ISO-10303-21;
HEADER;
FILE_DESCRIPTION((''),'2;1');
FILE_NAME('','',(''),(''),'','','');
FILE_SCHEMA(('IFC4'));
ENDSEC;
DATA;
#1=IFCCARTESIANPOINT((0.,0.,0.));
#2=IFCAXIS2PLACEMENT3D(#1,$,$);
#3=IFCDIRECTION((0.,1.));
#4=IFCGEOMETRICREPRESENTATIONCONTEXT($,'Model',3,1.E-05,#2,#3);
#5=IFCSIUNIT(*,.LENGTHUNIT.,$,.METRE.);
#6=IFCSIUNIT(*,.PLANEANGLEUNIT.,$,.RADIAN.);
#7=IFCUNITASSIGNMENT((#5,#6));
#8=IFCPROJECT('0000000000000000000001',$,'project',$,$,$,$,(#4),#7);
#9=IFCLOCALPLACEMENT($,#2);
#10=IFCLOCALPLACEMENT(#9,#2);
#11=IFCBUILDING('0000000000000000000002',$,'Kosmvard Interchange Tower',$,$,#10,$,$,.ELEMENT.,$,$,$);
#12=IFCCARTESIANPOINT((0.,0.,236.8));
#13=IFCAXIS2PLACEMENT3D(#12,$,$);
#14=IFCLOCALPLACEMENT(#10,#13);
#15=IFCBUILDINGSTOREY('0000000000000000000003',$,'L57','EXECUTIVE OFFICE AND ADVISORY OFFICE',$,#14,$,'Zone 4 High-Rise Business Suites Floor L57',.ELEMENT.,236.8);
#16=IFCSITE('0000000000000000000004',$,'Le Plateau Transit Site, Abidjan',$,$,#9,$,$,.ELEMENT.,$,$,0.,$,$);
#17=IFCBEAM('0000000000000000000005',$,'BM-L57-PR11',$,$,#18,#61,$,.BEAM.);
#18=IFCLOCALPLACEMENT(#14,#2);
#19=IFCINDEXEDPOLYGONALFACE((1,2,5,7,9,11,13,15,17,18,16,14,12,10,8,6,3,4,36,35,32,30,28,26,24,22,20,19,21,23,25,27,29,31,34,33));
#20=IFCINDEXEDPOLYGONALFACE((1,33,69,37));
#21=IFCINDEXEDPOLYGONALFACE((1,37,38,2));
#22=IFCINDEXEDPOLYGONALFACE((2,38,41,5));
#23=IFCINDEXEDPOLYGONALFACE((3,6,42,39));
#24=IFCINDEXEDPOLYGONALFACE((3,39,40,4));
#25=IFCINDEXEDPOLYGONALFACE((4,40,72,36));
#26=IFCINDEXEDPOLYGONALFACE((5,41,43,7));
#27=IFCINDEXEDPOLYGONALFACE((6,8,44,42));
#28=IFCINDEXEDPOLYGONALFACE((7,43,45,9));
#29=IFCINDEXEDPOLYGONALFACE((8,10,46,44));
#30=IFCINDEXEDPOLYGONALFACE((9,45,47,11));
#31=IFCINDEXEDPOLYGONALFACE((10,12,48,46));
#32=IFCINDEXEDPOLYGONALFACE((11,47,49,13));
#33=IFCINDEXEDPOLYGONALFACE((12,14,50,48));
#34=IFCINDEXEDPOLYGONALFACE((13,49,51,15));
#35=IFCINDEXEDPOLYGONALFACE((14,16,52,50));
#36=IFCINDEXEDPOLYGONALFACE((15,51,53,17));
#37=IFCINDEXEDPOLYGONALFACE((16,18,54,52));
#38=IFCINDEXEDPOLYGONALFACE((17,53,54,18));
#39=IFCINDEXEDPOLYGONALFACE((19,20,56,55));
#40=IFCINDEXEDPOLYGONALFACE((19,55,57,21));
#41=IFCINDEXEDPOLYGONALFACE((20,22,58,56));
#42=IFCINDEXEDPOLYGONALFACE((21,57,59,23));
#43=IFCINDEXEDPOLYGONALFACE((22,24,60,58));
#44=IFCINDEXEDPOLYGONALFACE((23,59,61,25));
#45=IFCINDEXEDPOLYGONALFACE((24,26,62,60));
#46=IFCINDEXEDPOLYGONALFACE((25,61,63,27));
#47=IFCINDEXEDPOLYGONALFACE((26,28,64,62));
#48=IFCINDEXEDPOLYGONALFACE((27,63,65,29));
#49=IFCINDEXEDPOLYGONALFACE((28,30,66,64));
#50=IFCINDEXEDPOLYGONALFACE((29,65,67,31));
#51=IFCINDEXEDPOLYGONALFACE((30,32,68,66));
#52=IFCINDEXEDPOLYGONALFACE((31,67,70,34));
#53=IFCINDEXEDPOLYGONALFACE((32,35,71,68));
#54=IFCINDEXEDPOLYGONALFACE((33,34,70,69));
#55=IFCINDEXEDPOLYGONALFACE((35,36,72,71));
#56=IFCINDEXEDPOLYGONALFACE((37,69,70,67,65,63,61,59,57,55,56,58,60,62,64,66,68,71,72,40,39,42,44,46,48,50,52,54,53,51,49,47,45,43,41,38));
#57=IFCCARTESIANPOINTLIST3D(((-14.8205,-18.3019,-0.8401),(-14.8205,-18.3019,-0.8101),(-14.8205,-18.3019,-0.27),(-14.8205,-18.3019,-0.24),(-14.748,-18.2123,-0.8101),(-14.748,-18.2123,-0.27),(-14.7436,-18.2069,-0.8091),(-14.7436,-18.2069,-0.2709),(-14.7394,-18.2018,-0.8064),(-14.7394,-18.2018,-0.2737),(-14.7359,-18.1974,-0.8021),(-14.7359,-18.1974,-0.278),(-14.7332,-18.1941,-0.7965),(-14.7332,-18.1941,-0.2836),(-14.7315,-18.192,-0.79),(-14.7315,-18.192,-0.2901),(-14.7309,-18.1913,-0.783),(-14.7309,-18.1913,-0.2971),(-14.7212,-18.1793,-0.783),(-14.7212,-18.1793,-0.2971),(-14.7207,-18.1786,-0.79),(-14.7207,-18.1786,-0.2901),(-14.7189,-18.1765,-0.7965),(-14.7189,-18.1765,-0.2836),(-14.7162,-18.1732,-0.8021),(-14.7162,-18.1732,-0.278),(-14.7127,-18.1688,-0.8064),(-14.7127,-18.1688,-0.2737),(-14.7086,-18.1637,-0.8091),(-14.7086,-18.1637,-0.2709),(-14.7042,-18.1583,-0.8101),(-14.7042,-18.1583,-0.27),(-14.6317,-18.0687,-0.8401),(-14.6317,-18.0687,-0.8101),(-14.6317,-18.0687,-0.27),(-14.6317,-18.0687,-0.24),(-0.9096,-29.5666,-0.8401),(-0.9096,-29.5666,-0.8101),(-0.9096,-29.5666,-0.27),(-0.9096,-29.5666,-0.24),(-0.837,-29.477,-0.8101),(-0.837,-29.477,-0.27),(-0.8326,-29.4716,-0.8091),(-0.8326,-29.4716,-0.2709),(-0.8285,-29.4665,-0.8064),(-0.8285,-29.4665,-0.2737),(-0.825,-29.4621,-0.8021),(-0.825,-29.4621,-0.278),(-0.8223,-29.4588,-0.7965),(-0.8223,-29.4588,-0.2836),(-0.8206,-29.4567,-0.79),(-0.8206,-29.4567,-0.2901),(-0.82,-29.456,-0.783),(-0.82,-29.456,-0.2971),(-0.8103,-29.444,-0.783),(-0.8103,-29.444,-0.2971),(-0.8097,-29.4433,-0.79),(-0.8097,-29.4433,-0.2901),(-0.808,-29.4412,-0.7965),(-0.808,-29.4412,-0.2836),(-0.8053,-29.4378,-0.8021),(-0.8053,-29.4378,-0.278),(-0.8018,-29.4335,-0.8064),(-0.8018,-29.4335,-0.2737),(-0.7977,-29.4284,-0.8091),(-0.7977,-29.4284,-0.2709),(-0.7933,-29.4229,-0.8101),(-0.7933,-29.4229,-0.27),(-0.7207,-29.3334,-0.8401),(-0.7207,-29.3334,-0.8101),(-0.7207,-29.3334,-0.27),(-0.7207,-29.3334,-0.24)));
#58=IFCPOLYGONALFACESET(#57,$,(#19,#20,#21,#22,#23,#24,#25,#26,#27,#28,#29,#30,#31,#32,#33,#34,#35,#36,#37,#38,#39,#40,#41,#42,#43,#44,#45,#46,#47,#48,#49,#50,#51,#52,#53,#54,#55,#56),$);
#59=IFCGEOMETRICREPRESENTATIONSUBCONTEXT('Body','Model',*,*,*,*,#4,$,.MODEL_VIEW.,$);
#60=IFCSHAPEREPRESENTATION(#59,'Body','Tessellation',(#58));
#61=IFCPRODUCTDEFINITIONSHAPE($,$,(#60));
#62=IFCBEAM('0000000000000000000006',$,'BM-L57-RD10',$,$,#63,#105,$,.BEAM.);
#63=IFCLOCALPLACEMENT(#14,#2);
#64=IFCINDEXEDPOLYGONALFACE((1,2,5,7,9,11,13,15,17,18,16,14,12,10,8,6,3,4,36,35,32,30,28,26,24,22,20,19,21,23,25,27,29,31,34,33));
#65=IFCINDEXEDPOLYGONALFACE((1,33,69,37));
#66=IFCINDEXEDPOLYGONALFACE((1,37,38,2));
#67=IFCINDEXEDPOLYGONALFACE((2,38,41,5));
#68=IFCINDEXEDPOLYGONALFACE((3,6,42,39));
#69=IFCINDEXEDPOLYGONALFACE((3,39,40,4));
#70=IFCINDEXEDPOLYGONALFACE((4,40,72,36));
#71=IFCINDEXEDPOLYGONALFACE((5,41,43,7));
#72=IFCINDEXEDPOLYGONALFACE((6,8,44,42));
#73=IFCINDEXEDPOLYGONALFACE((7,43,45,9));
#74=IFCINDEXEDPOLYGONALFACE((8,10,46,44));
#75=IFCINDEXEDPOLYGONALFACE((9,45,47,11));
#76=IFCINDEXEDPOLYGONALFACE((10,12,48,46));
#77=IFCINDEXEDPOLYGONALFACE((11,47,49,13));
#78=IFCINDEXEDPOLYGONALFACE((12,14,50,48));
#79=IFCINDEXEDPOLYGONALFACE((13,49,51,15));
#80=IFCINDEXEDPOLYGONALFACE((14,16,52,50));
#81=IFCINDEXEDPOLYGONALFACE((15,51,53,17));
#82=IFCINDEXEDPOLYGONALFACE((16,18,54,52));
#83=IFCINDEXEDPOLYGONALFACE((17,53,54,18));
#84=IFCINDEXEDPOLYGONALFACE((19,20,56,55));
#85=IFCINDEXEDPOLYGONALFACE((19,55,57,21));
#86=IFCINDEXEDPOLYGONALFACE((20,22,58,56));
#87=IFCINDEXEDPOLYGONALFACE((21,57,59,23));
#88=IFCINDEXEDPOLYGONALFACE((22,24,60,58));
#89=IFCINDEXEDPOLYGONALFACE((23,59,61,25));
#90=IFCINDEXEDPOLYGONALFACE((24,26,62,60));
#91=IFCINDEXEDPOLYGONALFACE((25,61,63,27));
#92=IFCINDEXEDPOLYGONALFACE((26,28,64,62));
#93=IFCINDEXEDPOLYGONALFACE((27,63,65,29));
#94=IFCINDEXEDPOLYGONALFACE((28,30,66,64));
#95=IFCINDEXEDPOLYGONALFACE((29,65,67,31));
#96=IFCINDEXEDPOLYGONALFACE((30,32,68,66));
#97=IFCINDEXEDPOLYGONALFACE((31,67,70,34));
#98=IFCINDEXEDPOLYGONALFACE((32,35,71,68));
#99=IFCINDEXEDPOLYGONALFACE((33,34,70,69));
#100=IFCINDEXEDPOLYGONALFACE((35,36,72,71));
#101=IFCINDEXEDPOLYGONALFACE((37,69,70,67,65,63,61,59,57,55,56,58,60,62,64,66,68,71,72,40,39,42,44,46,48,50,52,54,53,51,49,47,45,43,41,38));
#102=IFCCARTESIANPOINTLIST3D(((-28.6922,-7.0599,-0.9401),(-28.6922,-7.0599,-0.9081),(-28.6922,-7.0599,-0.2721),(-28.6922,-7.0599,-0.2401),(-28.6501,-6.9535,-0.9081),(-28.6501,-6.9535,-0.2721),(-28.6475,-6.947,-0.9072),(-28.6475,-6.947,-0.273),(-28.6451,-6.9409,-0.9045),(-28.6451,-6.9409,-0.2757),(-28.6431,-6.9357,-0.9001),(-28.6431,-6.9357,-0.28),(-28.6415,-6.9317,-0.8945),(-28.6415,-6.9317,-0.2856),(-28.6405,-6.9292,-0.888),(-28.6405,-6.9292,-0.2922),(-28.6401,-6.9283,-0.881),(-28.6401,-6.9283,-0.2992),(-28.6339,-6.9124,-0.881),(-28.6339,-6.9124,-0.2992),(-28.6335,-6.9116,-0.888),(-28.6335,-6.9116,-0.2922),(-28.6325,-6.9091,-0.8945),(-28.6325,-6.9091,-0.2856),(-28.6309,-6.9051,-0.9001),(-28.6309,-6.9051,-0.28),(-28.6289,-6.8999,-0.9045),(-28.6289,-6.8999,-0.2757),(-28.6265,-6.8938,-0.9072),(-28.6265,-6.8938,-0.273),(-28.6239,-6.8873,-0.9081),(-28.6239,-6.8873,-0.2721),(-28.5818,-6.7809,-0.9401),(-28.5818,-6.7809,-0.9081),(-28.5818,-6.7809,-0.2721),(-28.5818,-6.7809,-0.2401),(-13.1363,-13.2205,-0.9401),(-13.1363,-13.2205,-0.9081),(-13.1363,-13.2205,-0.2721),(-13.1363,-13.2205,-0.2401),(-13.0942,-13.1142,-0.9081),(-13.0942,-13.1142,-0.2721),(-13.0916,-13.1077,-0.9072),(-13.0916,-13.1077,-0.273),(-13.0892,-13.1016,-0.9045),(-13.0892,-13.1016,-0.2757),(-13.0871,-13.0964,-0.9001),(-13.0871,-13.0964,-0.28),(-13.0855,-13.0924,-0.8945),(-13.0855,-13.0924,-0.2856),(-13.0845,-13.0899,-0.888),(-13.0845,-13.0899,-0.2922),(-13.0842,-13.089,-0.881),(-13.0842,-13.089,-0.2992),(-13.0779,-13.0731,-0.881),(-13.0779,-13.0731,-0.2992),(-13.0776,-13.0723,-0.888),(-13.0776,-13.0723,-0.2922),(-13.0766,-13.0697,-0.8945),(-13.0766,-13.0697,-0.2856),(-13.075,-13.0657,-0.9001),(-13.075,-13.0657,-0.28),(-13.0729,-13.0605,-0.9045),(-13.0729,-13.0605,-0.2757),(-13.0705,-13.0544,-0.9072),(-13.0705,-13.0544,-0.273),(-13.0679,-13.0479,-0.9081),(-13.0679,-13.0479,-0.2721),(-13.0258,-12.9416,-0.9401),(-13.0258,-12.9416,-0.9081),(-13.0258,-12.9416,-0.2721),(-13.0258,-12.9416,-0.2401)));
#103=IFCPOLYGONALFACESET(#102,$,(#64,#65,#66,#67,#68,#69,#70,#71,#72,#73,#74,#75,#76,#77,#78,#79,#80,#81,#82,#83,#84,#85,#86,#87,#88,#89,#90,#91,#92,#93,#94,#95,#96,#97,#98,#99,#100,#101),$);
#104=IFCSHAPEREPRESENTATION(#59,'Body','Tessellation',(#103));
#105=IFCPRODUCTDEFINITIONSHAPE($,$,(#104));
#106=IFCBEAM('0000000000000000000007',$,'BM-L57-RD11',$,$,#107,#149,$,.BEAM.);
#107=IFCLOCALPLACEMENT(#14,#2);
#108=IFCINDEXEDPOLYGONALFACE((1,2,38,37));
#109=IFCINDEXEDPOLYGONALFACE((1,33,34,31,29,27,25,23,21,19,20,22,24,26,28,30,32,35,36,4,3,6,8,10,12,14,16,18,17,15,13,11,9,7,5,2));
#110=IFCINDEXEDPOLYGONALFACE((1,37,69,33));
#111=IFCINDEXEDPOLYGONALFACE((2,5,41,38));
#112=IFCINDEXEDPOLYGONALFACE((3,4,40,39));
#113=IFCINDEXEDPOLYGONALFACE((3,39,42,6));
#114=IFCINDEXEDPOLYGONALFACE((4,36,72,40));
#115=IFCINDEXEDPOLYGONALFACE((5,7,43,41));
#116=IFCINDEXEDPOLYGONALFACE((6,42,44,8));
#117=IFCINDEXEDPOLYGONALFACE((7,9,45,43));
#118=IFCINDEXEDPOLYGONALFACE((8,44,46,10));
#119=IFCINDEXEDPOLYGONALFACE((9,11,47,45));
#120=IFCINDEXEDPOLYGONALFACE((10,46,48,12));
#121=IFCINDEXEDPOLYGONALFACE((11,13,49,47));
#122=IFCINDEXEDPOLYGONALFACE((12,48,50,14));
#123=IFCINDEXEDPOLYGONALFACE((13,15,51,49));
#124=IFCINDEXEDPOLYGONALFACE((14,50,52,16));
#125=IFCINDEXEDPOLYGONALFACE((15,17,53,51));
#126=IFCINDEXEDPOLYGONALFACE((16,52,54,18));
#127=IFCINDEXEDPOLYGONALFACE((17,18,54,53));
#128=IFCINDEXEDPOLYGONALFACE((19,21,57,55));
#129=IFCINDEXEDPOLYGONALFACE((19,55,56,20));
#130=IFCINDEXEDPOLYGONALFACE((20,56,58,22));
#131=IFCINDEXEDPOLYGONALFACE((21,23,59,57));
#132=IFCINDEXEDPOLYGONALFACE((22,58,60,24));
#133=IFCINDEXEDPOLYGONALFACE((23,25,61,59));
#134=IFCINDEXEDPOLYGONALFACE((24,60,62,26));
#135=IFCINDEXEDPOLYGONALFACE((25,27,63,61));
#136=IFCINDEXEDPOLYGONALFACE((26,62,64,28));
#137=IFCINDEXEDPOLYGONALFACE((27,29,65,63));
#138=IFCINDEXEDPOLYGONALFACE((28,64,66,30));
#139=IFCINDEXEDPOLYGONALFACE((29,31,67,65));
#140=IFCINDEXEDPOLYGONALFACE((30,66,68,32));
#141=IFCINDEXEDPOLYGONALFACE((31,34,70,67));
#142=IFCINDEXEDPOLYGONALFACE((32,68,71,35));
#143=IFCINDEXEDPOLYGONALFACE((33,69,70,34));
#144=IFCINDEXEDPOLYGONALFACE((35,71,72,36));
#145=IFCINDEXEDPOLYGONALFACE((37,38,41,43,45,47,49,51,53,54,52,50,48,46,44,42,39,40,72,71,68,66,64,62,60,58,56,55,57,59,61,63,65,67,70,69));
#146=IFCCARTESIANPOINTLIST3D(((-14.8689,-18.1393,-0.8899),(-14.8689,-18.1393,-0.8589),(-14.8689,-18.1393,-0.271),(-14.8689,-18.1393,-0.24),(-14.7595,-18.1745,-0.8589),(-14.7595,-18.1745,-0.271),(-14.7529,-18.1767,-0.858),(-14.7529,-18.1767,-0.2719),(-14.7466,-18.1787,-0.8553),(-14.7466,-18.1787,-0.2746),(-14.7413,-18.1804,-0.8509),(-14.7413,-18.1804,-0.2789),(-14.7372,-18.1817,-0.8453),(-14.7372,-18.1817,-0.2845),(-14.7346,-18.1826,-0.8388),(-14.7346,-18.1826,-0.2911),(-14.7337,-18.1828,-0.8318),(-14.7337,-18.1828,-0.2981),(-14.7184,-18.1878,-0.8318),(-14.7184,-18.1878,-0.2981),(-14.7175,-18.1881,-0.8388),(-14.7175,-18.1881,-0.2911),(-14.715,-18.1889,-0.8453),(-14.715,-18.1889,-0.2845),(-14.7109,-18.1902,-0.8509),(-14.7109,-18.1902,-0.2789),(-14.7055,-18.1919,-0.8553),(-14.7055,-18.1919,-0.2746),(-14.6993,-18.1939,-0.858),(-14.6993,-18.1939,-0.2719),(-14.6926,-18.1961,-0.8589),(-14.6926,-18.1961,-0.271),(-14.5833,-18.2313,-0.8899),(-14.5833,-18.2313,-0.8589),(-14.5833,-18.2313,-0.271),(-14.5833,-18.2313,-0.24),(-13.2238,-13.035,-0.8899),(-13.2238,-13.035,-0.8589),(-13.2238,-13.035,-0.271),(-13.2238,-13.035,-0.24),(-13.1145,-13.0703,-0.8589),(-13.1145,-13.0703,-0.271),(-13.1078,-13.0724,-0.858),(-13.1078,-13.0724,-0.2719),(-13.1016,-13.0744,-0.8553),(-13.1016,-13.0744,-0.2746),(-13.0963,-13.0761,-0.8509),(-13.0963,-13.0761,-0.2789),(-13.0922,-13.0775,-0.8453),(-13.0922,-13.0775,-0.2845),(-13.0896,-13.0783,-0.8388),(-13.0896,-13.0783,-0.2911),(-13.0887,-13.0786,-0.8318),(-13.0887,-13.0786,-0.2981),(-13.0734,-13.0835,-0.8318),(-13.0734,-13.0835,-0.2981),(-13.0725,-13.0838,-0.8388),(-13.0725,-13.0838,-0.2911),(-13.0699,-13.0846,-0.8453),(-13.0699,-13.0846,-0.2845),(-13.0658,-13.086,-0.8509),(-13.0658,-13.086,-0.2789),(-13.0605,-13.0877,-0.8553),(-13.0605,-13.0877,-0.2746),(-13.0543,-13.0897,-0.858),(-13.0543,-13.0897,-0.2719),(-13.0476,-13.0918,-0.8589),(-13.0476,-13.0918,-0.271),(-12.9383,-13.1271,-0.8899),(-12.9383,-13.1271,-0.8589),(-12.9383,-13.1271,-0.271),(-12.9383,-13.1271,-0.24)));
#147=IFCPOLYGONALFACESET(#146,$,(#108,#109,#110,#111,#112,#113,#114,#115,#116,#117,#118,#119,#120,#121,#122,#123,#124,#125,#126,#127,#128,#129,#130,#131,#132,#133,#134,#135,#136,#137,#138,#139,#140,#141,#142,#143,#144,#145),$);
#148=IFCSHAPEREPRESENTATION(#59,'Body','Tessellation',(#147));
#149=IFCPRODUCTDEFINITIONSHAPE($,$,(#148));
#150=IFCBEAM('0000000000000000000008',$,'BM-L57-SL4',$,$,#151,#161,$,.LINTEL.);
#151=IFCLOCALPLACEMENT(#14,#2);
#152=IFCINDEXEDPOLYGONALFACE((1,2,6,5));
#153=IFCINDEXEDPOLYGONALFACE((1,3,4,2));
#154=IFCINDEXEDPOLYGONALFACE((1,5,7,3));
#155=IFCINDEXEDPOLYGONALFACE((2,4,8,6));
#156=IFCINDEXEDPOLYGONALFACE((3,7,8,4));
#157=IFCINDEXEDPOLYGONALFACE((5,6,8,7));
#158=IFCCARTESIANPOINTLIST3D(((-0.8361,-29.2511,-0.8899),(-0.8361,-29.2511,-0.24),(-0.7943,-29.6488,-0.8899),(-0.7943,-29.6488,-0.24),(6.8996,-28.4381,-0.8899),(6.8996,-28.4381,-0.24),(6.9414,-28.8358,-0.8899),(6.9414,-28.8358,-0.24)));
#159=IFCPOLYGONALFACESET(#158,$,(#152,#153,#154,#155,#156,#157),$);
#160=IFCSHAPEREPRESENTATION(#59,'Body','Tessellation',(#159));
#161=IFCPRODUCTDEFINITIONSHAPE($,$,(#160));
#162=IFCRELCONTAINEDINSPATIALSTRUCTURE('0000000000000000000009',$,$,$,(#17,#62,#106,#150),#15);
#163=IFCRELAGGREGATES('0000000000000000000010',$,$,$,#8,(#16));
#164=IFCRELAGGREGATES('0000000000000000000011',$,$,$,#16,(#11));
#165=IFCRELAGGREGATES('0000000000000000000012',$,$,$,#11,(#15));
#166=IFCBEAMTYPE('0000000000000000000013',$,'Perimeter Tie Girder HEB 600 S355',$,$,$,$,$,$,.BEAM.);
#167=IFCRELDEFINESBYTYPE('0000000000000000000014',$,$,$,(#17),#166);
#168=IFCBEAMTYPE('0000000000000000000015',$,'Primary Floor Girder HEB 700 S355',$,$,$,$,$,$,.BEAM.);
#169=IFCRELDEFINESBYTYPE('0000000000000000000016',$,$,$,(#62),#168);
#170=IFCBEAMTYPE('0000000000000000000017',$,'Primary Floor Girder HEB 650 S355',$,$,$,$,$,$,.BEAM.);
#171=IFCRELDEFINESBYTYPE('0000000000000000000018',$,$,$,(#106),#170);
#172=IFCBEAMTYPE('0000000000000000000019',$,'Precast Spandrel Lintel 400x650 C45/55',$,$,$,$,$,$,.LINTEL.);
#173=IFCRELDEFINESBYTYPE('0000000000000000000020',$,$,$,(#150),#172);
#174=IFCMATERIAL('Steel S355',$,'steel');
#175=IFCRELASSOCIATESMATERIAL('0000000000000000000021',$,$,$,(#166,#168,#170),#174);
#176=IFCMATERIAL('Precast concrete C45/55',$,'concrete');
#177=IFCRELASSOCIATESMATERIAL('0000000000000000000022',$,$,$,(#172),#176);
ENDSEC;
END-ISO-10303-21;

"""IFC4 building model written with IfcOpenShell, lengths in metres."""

from ifc_helpers import new_model, si_unit, direction, frame, origin, origin_2d, place, context, subcontext, project, spatial, rectangle, i_section, extrude, source, transform, mapped, material, material_profile, profile_set, type_object, element, save


model = new_model("IFC4")

# Units and contexts
model_context = context("Model", 3, precision=1e-05, world=origin(), true_north=direction((0.0, 1.0)))
body_context = subcontext(model_context, "Body", "Model", "MODEL_VIEW")
ifc_project = project(units=[si_unit("LENGTHUNIT", "METRE"), si_unit("PLANEANGLEUNIT", "RADIAN")], contexts=[model_context])

# Site, building, storey
site_placement = place(None, origin())
site = spatial("IfcSite", under=ifc_project, at=site_placement, Name="Le Plateau Transit Site, Abidjan", CompositionType="ELEMENT", RefElevation=0.0)
building_placement = place(site_placement, origin())
building = spatial("IfcBuilding", under=site, at=building_placement, Name="Kosmvard Interchange Tower", CompositionType="ELEMENT")
storey_placement = place(building_placement, frame((0.0, 0.0, 236.8)))
storey = spatial("IfcBuildingStorey", under=building, at=storey_placement, Name="L57", Description="EXECUTIVE OFFICE AND ADVISORY OFFICE", LongName="Zone 4 High-Rise Business Suites Floor L57", CompositionType="ELEMENT", Elevation=236.8)

# Beams
ifc_material_1 = material(Name="Steel S355", Category="steel")
ifc_material_profile_1 = material_profile(ifc_material_1, i_section(OverallWidth=0.3, OverallDepth=0.6001, WebThickness=0.0154, FlangeThickness=0.03, FilletRadius=0.0271, at=origin_2d()), Name="HEB 600")
ifc_profile_set_1 = profile_set([ifc_material_profile_1], Name="Steel S355")
beam_type_1 = type_object("IfcBeamType", Name="Perimeter Tie Girder HEB 600 S355", PredefinedType="BEAM", material=ifc_profile_set_1)
shared_shape_1 = source(origin(), body_context, "Body", "SweptSolid", [
    extrude(i_section(OverallWidth=0.3, OverallDepth=0.6001, WebThickness=0.0154, FlangeThickness=0.03, FilletRadius=0.0271, at=origin_2d()), origin(), (0.0, 0.0, 1.0), 17.8999),
])
beam_1_placement = place(storey_placement, frame((-14.7261, -18.1853, -0.54), z_axis=(0.777151, -0.629315, 0.0), x_axis=(0.629315, 0.777151, 0.0)))
element("IfcBeam", 1, at=beam_1_placement, inside=storey, type_object=beam_type_1, Name="BM-L57-PR11", PredefinedType="BEAM", context=body_context, shape_type="MappedRepresentation", body=[
    mapped(shared_shape_1, transform((0.0, 0.0, 0.0), scale=1.0)),
])
ifc_material_profile_2 = material_profile(ifc_material_1, i_section(OverallWidth=0.3, OverallDepth=0.7, WebThickness=0.0171, FlangeThickness=0.032, FilletRadius=0.0271, at=origin_2d()), Name="HEB 700")
ifc_profile_set_2 = profile_set([ifc_material_profile_2], Name="Steel S355")
beam_type_2 = type_object("IfcBeamType", Name="Primary Floor Girder HEB 700 S355", PredefinedType="BEAM", material=ifc_profile_set_2)
shared_shape_2 = source(origin(), body_context, "Body", "SweptSolid", [
    extrude(i_section(OverallWidth=0.3, OverallDepth=0.7, WebThickness=0.0171, FlangeThickness=0.032, FilletRadius=0.0271, at=origin_2d()), origin(), (0.0, 0.0, 1.0), 16.7314),
])
beam_2_placement = place(storey_placement, frame((-13.0811, -13.0811, -0.5901), z_axis=(-0.929743, 0.368209, 0.0), x_axis=(-0.368209, -0.929743, 0.0)))
element("IfcBeam", 2, at=beam_2_placement, inside=storey, type_object=beam_type_2, Name="BM-L57-RD10", PredefinedType="BEAM", context=body_context, shape_type="MappedRepresentation", body=[
    mapped(shared_shape_2, transform((0.0, 0.0, 0.0), scale=1.0)),
])
ifc_material_profile_3 = material_profile(ifc_material_1, i_section(OverallWidth=0.3, OverallDepth=0.6499, WebThickness=0.0161, FlangeThickness=0.031, FilletRadius=0.0271, at=origin_2d()), Name="HEB 650")
ifc_profile_set_3 = profile_set([ifc_material_profile_3], Name="Steel S355")
beam_type_3 = type_object("IfcBeamType", Name="Primary Floor Girder HEB 650 S355", PredefinedType="BEAM", material=ifc_profile_set_3)
shared_shape_3 = source(origin(), body_context, "Body", "SweptSolid", [
    extrude(i_section(OverallWidth=0.3, OverallDepth=0.6499, WebThickness=0.0161, FlangeThickness=0.031, FilletRadius=0.0271, at=origin_2d()), origin(), (0.0, 0.0, 1.0), 5.3628),
])
beam_3_placement = place(storey_placement, frame((-13.0811, -13.0811, -0.5649), z_axis=(-0.306747, -0.951791, 0.0), x_axis=(0.951791, -0.306747, 0.0)))
element("IfcBeam", 3, at=beam_3_placement, inside=storey, type_object=beam_type_3, Name="BM-L57-RD11", PredefinedType="BEAM", context=body_context, shape_type="MappedRepresentation", body=[
    mapped(shared_shape_3, transform((0.0, 0.0, 0.0), scale=1.0)),
])
ifc_material_2 = material(Name="Precast concrete C45/55", Category="concrete")
ifc_material_profile_4 = material_profile(ifc_material_2, rectangle(XDim=0.3999, YDim=0.6499, at=origin_2d()), Name="SL 400x650")
ifc_profile_set_4 = profile_set([ifc_material_profile_4], Name="Precast concrete C45/55")
beam_type_4 = type_object("IfcBeamType", Name="Precast Spandrel Lintel 400x650 C45/55", PredefinedType="LINTEL", material=ifc_profile_set_4)
shared_shape_4 = source(origin(), body_context, "Body", "SweptSolid", [
    extrude(rectangle(XDim=0.3999, YDim=0.6499, at=origin_2d()), origin(), (0.0, 0.0, 1.0), 7.7783),
])
beam_4_placement = place(storey_placement, frame((-0.8152, -29.45, -0.5649), z_axis=(0.994523, 0.104521, 0.0), x_axis=(-0.104521, 0.994523, 0.0)))
element("IfcBeam", 4, at=beam_4_placement, inside=storey, type_object=beam_type_4, Name="BM-L57-SL4", PredefinedType="LINTEL", context=body_context, shape_type="MappedRepresentation", body=[
    mapped(shared_shape_4, transform((0.0, 0.0, 0.0), scale=1.0)),
])

save(model, "model.ifc")
